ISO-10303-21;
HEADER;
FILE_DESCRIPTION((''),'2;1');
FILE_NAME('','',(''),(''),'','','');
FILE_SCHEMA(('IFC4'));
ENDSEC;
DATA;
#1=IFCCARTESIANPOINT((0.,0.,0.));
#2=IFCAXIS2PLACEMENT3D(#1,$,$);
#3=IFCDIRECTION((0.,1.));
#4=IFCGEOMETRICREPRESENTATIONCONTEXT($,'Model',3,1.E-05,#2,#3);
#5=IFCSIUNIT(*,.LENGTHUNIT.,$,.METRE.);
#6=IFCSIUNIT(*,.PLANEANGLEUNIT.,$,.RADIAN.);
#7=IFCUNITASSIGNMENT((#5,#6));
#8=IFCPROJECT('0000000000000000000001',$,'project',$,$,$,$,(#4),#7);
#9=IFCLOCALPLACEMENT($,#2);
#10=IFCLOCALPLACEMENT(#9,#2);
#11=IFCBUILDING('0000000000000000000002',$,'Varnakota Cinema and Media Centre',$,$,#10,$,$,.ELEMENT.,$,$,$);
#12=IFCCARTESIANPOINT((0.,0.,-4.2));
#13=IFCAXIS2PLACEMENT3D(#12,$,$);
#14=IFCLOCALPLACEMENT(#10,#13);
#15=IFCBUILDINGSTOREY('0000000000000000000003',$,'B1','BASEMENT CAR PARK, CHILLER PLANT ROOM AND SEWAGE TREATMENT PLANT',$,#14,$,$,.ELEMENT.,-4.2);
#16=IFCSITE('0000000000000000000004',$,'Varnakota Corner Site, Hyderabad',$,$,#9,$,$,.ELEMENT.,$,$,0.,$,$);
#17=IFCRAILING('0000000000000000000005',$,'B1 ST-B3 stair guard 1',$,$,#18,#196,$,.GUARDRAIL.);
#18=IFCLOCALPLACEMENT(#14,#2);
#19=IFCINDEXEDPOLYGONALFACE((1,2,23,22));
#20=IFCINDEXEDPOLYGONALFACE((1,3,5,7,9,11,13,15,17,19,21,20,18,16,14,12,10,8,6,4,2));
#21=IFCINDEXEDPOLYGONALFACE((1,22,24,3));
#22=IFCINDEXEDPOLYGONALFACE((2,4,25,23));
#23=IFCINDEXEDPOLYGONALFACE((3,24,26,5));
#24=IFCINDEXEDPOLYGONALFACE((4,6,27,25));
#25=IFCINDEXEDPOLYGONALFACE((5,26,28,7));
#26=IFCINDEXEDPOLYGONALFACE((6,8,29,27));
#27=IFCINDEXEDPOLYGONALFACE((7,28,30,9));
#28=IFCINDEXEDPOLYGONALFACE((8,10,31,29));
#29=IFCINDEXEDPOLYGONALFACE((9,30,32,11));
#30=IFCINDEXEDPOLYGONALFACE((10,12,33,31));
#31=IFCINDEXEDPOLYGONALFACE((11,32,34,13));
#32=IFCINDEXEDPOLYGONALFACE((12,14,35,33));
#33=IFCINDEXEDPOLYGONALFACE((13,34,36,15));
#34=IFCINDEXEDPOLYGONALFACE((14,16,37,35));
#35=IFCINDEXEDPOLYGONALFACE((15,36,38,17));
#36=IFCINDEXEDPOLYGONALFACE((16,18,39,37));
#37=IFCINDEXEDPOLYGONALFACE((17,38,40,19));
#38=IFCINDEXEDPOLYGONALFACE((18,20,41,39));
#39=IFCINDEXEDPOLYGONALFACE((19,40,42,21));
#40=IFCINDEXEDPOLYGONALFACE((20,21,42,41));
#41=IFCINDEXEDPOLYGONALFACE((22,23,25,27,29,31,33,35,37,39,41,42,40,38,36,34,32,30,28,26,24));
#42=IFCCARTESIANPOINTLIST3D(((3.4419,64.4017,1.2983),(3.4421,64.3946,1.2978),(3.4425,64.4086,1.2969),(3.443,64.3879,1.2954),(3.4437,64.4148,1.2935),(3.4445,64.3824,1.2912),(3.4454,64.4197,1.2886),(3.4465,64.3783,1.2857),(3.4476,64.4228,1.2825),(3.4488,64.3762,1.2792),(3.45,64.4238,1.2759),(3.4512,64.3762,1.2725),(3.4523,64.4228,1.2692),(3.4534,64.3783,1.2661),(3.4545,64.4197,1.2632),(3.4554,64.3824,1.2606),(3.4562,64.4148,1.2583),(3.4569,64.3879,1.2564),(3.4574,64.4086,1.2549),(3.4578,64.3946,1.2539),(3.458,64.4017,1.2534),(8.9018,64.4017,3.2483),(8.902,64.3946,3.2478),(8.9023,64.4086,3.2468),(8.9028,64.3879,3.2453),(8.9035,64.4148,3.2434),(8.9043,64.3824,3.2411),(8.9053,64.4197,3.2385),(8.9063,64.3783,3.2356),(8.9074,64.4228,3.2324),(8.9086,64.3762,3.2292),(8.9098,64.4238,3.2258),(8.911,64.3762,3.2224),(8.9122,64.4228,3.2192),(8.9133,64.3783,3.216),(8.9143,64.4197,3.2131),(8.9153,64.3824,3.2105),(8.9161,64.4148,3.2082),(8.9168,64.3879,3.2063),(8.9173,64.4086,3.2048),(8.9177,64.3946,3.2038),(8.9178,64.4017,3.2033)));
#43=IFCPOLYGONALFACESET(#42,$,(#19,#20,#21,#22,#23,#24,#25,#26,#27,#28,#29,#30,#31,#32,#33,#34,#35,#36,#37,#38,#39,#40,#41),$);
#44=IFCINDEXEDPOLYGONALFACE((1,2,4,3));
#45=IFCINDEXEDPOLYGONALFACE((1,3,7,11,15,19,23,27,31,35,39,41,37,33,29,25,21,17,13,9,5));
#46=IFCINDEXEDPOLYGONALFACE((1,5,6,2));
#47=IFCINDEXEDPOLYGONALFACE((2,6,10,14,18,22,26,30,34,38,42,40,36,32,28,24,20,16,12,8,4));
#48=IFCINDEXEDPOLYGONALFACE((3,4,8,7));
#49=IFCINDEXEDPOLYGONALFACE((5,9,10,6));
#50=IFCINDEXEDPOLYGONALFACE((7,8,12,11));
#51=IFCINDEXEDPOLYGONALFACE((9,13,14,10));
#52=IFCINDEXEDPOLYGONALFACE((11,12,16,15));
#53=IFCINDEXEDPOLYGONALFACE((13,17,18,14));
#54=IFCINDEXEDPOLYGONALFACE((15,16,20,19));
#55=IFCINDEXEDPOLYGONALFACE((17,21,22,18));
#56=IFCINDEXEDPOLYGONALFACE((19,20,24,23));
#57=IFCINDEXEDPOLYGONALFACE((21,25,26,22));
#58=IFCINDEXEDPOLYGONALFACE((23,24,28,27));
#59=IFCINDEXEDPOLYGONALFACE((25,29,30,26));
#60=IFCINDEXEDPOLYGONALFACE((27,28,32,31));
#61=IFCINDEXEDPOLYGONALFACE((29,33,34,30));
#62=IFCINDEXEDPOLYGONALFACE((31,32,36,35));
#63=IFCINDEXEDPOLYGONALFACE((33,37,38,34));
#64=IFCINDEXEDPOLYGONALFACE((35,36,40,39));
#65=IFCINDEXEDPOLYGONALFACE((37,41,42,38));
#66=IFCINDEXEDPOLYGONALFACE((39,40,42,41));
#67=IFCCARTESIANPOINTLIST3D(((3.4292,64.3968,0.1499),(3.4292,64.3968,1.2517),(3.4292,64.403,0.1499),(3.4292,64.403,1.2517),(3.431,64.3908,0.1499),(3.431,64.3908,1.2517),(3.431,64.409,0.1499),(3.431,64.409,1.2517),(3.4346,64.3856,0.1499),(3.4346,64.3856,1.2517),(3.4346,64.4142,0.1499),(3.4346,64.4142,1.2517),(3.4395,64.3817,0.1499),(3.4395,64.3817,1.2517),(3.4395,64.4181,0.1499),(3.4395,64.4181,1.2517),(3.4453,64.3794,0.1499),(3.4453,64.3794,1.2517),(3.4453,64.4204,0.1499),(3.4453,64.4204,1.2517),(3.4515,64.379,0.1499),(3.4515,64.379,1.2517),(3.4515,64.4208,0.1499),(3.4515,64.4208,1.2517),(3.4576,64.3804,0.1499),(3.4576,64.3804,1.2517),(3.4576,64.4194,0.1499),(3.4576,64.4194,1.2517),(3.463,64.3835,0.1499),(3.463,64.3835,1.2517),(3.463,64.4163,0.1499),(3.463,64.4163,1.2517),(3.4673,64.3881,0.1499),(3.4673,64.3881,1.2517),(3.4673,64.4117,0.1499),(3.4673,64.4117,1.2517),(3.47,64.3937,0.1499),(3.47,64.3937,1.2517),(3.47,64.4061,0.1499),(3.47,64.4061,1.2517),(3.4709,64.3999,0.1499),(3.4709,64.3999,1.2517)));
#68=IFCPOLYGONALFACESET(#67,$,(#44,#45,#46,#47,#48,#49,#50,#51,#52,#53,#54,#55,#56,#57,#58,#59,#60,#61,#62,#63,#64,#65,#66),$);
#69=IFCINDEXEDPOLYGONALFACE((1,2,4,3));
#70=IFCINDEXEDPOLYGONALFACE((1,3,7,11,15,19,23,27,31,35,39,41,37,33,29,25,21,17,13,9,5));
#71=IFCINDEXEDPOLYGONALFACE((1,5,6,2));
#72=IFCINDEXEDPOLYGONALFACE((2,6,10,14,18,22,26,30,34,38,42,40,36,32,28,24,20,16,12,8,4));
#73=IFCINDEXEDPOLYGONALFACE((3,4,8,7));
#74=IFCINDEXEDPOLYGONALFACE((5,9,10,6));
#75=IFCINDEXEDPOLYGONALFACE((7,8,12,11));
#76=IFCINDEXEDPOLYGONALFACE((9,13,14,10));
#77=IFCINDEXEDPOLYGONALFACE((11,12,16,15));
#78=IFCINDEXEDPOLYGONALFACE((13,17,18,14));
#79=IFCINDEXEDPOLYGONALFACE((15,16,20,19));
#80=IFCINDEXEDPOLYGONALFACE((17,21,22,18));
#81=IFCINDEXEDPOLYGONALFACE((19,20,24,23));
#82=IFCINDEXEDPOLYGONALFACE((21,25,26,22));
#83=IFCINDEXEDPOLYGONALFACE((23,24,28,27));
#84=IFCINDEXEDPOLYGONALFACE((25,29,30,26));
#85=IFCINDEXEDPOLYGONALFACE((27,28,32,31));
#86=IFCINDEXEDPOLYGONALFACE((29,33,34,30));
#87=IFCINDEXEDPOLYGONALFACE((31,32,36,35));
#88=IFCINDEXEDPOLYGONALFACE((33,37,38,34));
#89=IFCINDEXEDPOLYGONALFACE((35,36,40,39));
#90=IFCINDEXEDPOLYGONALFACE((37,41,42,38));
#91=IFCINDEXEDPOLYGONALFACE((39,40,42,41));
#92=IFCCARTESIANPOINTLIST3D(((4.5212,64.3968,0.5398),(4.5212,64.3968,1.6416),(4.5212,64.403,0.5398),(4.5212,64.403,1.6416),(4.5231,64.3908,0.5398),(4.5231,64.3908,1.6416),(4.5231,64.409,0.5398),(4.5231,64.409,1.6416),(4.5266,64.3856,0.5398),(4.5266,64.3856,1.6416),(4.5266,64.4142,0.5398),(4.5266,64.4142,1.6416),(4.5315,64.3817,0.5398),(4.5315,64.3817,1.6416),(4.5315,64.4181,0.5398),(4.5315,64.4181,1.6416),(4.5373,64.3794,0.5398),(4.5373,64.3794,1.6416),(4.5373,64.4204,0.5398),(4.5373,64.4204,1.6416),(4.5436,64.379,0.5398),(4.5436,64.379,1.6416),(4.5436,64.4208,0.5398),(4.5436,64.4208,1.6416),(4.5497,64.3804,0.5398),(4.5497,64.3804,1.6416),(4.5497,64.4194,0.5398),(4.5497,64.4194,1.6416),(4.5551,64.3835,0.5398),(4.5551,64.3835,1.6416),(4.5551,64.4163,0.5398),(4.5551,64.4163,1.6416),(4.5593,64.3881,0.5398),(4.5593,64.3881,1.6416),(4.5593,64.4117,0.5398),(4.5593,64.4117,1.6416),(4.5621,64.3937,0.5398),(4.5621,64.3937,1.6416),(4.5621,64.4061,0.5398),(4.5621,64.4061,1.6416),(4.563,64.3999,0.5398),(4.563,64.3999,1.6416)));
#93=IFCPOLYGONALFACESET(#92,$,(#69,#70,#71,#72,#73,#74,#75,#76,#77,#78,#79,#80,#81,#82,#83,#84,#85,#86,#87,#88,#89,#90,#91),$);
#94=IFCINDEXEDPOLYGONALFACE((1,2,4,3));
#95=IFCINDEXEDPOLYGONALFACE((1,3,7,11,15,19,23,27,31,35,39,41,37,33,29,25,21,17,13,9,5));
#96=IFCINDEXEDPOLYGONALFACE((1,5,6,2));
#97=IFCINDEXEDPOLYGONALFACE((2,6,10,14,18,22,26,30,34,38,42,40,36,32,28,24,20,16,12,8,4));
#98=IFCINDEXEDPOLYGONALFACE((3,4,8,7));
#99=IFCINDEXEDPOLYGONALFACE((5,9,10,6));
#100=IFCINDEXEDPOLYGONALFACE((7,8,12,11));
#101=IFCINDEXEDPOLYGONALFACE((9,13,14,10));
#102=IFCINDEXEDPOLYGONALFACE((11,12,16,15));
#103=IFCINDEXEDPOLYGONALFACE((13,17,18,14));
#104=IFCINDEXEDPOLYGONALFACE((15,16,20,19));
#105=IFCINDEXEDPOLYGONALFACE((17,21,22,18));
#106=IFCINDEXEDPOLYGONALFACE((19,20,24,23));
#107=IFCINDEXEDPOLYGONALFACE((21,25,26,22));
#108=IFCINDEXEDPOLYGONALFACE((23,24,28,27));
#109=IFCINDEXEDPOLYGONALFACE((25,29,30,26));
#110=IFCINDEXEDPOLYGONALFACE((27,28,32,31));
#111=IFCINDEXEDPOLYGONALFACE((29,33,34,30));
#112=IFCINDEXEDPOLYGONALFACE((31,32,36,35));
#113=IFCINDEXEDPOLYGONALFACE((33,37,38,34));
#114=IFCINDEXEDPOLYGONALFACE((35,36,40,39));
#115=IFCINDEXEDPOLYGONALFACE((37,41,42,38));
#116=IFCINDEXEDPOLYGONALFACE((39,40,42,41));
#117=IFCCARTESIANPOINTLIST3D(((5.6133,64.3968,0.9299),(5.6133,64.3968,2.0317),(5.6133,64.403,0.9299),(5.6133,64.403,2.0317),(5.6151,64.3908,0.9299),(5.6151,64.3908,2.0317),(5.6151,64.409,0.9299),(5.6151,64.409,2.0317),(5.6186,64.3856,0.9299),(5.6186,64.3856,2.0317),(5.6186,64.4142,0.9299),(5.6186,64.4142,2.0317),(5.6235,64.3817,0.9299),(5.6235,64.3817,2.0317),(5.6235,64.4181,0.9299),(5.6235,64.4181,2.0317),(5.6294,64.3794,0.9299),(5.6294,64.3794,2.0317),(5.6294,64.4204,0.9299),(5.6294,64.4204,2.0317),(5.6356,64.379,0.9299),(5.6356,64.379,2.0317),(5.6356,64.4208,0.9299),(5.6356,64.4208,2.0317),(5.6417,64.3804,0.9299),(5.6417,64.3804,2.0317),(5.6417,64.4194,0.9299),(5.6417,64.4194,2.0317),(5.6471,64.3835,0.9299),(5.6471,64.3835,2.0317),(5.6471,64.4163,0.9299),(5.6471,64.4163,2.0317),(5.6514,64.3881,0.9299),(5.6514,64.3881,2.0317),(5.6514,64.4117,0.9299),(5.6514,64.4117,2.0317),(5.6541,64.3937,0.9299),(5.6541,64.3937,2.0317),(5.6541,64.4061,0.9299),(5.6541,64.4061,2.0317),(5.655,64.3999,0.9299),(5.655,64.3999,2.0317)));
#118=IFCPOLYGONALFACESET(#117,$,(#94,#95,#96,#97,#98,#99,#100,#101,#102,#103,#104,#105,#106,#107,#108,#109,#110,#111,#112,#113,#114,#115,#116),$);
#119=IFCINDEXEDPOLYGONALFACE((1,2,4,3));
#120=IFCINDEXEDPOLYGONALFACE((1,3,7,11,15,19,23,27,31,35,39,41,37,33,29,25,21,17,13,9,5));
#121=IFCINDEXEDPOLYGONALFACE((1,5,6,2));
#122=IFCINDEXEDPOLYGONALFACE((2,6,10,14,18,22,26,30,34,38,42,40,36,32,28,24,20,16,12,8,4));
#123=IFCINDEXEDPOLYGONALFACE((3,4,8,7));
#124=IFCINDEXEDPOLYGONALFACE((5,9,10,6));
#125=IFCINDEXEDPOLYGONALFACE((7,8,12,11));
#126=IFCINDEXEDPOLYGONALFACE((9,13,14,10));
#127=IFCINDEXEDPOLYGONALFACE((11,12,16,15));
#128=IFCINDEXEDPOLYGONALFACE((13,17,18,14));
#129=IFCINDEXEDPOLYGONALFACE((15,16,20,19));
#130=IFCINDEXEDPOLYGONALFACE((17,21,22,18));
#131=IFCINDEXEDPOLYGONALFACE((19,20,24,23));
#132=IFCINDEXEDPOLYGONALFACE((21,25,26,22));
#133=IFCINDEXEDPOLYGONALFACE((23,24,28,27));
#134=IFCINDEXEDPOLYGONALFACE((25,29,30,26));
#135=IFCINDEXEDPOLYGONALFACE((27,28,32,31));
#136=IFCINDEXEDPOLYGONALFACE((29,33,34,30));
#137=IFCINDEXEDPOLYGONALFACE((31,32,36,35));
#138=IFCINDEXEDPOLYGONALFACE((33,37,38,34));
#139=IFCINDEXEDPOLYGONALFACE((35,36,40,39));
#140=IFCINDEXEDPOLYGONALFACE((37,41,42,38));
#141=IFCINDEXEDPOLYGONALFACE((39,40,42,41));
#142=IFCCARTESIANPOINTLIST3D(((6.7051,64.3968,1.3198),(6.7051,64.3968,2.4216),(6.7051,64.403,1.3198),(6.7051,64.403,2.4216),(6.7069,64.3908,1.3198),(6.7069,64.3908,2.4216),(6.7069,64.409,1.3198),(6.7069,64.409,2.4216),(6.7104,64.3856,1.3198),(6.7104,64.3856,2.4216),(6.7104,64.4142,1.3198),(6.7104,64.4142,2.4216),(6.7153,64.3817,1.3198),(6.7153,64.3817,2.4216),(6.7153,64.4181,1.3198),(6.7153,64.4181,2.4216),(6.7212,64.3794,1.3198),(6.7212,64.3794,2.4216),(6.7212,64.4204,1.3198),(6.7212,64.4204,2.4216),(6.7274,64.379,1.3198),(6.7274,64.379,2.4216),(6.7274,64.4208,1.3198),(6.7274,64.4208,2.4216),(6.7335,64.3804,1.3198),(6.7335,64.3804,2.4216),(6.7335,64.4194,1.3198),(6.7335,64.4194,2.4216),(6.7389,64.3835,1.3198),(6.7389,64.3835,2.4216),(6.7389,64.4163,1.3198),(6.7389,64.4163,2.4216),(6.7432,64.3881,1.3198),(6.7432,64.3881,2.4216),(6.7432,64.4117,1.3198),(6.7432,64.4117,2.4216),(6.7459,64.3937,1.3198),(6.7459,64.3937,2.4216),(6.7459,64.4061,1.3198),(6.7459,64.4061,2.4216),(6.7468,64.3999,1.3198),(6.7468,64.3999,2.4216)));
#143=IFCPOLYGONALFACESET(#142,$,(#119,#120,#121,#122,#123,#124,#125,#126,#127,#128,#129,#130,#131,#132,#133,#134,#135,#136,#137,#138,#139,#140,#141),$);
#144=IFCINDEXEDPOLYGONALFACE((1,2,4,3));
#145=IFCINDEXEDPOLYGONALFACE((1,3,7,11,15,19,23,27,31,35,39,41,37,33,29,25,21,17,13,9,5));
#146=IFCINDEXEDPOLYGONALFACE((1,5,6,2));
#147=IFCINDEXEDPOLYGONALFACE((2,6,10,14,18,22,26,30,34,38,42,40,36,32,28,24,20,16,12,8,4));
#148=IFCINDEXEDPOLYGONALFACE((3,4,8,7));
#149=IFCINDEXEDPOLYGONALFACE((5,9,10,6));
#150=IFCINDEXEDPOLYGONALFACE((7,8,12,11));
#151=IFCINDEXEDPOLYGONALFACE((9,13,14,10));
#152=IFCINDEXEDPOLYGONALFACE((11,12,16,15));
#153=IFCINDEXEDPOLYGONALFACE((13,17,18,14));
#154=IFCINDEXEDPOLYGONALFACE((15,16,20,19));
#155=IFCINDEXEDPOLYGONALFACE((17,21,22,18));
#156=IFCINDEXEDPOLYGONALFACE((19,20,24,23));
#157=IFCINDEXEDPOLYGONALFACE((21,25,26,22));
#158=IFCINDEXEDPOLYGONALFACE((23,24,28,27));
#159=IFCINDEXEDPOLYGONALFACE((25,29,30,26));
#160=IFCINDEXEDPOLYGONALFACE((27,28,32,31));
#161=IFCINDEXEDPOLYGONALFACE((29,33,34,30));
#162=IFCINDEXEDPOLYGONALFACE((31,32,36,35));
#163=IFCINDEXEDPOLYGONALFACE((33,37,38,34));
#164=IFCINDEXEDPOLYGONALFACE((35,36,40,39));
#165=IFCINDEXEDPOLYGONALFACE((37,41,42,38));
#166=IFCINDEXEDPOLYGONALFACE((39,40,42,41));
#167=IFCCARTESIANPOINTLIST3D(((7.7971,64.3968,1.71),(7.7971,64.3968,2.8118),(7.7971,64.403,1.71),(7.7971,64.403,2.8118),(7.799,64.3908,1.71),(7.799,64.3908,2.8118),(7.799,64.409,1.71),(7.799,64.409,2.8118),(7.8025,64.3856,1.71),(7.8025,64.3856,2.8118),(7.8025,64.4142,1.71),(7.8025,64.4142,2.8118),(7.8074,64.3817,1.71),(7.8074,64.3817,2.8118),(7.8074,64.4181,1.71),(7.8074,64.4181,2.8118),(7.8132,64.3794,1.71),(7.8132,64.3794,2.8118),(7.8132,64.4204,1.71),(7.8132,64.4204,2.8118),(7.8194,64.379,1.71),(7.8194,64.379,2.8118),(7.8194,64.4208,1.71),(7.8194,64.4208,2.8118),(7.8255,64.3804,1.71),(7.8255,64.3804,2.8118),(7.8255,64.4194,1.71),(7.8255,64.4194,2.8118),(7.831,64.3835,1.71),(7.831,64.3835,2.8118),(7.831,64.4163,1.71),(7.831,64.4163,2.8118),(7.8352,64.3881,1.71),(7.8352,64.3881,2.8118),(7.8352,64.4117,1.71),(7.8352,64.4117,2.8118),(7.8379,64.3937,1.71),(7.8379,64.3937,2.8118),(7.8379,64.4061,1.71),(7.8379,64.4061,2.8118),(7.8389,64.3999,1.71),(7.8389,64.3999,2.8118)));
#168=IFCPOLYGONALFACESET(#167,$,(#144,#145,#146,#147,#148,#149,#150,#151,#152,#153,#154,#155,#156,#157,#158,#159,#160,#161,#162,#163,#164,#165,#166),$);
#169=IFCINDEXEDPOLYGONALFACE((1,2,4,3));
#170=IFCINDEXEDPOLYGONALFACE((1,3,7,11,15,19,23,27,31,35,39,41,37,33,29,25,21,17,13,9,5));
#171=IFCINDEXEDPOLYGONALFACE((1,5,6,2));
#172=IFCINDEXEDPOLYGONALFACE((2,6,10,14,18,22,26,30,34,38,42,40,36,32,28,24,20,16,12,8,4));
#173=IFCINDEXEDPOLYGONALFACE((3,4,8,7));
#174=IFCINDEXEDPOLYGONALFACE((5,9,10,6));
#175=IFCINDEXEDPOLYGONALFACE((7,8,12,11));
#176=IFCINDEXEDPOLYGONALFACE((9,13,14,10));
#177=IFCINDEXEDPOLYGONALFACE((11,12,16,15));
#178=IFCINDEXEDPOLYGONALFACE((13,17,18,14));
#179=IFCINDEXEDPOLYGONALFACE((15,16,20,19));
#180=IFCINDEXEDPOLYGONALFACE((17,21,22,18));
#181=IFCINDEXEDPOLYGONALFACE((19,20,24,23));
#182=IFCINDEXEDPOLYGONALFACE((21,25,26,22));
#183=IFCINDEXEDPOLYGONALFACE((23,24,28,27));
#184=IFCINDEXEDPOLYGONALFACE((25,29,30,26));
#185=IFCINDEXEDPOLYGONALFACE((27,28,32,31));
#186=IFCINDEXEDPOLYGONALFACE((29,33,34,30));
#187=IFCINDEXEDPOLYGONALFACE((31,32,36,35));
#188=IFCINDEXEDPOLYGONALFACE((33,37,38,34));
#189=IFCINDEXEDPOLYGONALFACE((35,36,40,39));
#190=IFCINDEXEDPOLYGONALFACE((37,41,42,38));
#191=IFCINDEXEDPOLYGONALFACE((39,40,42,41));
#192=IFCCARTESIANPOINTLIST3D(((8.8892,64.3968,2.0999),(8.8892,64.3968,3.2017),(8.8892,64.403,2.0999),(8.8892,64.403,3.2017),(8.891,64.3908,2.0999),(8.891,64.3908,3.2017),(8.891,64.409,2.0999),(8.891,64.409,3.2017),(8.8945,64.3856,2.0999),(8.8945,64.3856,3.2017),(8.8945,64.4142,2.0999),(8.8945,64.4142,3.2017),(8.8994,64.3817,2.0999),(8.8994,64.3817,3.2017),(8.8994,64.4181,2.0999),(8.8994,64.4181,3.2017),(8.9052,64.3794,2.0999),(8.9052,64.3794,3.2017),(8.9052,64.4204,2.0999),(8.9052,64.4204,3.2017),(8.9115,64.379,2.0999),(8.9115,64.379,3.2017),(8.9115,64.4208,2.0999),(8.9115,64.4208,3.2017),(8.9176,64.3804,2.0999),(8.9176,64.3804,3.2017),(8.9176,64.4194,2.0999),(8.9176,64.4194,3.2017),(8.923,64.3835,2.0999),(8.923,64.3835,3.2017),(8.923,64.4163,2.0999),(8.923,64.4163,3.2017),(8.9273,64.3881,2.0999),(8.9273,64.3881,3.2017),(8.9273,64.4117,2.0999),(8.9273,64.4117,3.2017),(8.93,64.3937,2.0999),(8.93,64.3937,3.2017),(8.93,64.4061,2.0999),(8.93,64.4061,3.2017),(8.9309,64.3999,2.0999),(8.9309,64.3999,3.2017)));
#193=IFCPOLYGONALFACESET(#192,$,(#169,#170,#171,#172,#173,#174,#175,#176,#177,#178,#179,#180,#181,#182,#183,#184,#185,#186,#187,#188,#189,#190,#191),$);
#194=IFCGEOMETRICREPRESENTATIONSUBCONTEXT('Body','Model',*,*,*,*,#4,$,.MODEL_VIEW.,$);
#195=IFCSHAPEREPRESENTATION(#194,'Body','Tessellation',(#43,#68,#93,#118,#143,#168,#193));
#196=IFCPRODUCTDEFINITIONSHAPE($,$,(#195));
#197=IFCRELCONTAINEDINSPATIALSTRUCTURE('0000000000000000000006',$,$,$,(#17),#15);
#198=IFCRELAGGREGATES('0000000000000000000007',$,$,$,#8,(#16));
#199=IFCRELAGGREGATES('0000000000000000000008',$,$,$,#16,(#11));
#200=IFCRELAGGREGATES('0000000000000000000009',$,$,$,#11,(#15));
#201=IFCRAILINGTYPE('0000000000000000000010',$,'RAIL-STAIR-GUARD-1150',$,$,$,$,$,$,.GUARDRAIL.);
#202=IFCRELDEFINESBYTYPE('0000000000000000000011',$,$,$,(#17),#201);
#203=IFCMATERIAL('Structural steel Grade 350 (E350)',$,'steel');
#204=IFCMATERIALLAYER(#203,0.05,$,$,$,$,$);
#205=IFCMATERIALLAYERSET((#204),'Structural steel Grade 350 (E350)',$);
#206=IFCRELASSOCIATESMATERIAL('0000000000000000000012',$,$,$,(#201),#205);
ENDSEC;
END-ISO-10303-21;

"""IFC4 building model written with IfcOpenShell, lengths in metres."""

from ifc_helpers import new_model, si_unit, direction, frame, origin, origin_2d, place, context, subcontext, project, spatial, circle, extrude, material, layer, layer_set, type_object, element, save


model = new_model("IFC4")

# Units and contexts
model_context = context("Model", 3, precision=1e-05, world=origin(), true_north=direction((0.0, 1.0)))
body_context = subcontext(model_context, "Body", "Model", "MODEL_VIEW")
ifc_project = project(units=[si_unit("LENGTHUNIT", "METRE"), si_unit("PLANEANGLEUNIT", "RADIAN")], contexts=[model_context])

# Site, building, storey
site_placement = place(None, origin())
site = spatial("IfcSite", under=ifc_project, at=site_placement, Name="Varnakota Corner Site, Hyderabad", CompositionType="ELEMENT", RefElevation=0.0)
building_placement = place(site_placement, origin())
building = spatial("IfcBuilding", under=site, at=building_placement, Name="Varnakota Cinema and Media Centre", CompositionType="ELEMENT")
storey_placement = place(building_placement, frame((0.0, 0.0, -4.2)))
storey = spatial("IfcBuildingStorey", under=building, at=storey_placement, Name="B1", Description="BASEMENT CAR PARK, CHILLER PLANT ROOM AND SEWAGE TREATMENT PLANT", CompositionType="ELEMENT", Elevation=-4.2)

# Railing
ifc_material_1 = material(Name="Structural steel Grade 350 (E350)", Category="steel")
ifc_layer_1 = layer(ifc_material_1, 0.05)
ifc_layer_set_1 = layer_set([ifc_layer_1], Name="Structural steel Grade 350 (E350)")
railing_type_1 = type_object("IfcRailingType", Name="RAIL-STAIR-GUARD-1150", PredefinedType="GUARDRAIL", material=ifc_layer_set_1)
railing_1_placement = place(storey_placement, frame((3.45, 64.3999, 0.1499)))
element("IfcRailing", 1, at=railing_1_placement, inside=storey, type_object=railing_type_1, Name="B1 ST-B3 stair guard 1", PredefinedType="GUARDRAIL", context=body_context, shape_type="SweptSolid", body=[
    extrude(circle(Radius=0.0239, at=origin_2d()), frame((0.0, 0.0, 1.126), z_axis=(0.941744, 0.0, 0.336331), x_axis=(0.0, 1.0, 0.0)), (0.0, 0.0, 1.0), 5.7976),
    extrude(circle(Radius=0.021, at=origin_2d()), origin(), (0.0, 0.0, 1.0), 1.1018),
    extrude(circle(Radius=0.021, at=origin_2d()), frame((1.092, 0.0, 0.3899)), (0.0, 0.0, 1.0), 1.1018),
    extrude(circle(Radius=0.021, at=origin_2d()), frame((2.1841, 0.0, 0.78)), (0.0, 0.0, 1.0), 1.1018),
    extrude(circle(Radius=0.021, at=origin_2d()), frame((3.2759, 0.0, 1.1699)), (0.0, 0.0, 1.0), 1.1018),
    extrude(circle(Radius=0.021, at=origin_2d()), frame((4.3679, 0.0, 1.5601)), (0.0, 0.0, 1.0), 1.1018),
    extrude(circle(Radius=0.021, at=origin_2d()), frame((5.46, 0.0, 1.95)), (0.0, 0.0, 1.0), 1.1018),
])

save(model, "model.ifc")
